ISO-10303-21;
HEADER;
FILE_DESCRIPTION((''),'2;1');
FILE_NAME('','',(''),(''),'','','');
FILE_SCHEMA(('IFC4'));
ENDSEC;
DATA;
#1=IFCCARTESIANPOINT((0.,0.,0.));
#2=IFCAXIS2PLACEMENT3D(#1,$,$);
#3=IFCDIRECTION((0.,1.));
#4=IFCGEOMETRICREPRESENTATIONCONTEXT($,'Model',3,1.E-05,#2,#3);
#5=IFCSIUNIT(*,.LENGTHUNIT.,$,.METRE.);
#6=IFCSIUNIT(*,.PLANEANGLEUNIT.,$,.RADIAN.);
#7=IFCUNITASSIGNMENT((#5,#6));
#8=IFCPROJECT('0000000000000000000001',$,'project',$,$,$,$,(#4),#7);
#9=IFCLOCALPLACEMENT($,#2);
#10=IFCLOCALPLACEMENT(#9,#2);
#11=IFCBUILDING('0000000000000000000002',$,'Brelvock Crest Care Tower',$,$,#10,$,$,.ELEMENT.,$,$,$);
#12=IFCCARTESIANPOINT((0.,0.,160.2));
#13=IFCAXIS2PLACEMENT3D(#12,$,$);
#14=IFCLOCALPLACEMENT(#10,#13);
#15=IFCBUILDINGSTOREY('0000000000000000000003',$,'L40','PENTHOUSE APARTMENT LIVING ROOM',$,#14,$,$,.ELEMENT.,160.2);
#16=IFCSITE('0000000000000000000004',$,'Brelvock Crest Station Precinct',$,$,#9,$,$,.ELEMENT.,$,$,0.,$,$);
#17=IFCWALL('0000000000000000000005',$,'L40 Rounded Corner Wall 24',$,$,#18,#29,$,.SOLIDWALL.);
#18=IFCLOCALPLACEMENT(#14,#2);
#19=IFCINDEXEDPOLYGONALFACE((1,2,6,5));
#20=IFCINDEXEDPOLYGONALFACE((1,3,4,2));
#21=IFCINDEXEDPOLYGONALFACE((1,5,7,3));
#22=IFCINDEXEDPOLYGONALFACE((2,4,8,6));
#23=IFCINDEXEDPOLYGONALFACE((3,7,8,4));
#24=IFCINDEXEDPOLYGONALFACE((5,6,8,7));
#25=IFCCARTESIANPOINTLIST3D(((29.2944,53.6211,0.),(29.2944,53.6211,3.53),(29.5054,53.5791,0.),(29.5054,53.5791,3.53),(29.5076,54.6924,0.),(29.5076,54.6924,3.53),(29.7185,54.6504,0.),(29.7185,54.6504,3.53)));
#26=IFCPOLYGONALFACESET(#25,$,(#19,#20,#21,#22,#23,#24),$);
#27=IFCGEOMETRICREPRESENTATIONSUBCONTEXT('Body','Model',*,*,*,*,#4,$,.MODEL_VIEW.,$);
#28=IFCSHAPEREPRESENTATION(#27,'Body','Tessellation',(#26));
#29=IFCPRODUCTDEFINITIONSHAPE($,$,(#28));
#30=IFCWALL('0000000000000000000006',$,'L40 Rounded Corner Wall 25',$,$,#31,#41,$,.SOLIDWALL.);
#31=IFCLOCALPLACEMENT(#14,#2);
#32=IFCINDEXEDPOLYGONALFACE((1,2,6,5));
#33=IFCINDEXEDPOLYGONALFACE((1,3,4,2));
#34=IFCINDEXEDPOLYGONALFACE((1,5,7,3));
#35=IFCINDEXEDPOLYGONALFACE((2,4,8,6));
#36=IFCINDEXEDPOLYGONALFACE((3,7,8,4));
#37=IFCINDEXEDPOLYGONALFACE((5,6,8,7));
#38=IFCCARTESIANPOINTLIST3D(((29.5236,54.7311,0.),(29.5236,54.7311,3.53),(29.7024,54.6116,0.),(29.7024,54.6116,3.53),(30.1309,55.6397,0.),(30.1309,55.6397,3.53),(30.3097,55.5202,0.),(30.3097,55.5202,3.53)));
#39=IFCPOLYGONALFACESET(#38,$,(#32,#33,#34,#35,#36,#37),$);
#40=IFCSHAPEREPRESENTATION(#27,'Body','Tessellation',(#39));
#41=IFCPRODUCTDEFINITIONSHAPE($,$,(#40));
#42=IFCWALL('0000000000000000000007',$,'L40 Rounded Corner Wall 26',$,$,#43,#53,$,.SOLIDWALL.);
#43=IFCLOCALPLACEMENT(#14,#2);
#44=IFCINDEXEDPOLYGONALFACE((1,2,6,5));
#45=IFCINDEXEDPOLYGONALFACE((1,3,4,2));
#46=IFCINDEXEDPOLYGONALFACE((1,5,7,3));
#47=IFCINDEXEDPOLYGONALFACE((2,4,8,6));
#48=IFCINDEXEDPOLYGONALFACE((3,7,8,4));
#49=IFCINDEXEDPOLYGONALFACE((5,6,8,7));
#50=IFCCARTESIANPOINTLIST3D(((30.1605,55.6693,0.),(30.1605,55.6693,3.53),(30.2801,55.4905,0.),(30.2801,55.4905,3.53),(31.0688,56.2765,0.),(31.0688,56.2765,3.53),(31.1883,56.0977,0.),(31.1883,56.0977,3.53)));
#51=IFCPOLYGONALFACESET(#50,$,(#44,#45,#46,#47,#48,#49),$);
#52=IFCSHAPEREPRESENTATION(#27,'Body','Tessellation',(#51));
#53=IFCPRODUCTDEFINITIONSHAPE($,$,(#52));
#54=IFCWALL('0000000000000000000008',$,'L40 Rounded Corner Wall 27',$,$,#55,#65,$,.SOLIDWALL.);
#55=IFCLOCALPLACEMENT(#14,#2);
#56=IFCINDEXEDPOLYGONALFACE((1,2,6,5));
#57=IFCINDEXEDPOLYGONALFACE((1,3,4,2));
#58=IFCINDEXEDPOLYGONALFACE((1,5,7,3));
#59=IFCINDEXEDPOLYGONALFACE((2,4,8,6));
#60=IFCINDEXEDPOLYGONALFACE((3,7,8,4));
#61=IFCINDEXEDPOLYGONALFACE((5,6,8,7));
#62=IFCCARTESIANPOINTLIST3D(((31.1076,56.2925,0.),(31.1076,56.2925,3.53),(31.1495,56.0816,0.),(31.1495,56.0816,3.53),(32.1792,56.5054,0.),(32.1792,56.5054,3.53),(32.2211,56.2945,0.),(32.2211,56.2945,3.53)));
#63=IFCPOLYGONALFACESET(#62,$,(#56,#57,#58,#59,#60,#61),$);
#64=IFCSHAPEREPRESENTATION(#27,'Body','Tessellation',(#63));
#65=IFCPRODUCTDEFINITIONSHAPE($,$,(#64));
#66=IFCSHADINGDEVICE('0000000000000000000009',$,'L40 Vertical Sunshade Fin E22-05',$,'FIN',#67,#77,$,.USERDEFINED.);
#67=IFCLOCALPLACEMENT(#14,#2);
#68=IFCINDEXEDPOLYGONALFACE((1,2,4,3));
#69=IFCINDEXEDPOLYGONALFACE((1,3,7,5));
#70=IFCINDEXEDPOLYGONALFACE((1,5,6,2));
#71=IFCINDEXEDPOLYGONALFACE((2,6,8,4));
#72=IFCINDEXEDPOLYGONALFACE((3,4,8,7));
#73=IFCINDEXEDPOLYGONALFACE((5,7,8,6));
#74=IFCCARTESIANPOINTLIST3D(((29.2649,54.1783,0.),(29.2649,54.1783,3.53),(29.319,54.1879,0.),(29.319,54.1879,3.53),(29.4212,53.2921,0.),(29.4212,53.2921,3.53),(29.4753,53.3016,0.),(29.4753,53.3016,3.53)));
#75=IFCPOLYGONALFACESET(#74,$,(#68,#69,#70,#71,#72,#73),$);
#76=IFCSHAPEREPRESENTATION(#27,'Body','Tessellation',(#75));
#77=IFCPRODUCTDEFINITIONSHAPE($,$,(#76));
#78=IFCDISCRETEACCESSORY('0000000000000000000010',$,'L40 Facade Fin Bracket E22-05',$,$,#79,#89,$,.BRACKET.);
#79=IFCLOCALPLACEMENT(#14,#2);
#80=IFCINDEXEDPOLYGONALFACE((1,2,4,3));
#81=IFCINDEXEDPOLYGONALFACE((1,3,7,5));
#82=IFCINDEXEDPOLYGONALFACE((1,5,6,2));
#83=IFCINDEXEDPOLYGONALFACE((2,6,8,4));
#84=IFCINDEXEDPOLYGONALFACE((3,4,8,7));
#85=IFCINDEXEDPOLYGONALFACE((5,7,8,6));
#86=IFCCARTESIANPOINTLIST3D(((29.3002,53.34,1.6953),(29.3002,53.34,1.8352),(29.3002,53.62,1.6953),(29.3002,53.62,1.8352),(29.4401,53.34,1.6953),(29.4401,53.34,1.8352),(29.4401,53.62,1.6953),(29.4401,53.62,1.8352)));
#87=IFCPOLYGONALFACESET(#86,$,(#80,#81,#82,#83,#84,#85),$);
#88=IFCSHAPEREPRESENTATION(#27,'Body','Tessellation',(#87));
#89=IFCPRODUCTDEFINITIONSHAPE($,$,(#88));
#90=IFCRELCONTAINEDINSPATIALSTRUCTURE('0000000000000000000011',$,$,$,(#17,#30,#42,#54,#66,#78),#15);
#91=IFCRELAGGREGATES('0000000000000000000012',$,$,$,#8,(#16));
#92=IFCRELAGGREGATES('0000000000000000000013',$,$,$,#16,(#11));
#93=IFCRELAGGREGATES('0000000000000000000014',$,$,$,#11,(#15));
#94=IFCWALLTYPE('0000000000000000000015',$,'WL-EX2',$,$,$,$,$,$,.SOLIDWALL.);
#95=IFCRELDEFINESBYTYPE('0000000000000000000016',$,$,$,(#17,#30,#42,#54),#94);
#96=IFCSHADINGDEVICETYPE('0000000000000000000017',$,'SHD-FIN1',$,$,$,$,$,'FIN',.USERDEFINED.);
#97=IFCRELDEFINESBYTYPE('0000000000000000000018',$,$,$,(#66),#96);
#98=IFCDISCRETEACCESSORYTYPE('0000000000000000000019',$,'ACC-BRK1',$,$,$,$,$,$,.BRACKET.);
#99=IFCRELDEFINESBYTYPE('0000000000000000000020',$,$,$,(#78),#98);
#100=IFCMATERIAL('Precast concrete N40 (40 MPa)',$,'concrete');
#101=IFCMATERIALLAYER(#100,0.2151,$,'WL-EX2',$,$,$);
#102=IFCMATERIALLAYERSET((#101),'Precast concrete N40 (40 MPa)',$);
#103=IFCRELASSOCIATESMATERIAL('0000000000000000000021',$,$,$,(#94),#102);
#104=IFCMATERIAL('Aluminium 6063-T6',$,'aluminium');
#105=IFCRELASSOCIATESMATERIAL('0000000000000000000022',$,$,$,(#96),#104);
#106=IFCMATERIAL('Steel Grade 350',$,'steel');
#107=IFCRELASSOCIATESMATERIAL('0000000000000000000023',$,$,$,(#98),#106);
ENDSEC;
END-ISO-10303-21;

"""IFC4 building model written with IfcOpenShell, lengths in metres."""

from ifc_helpers import new_model, si_unit, direction, frame, frame_2d, origin, origin_2d, place, context, subcontext, project, spatial, rectangle, extrude, source, transform, mapped, material, layer, layer_set, material_profile, profile_set, type_object, element, save


model = new_model("IFC4")

# Units and contexts
model_context = context("Model", 3, precision=1e-05, world=origin(), true_north=direction((0.0, 1.0)))
body_context = subcontext(model_context, "Body", "Model", "MODEL_VIEW")
ifc_project = project(units=[si_unit("LENGTHUNIT", "METRE"), si_unit("PLANEANGLEUNIT", "RADIAN")], contexts=[model_context])

# Site, building, storey
site_placement = place(None, origin())
site = spatial("IfcSite", under=ifc_project, at=site_placement, Name="Brelvock Crest Station Precinct", CompositionType="ELEMENT", RefElevation=0.0)
building_placement = place(site_placement, origin())
building = spatial("IfcBuilding", under=site, at=building_placement, Name="Brelvock Crest Care Tower", CompositionType="ELEMENT")
storey_placement = place(building_placement, frame((0.0, 0.0, 160.2)))
storey = spatial("IfcBuildingStorey", under=building, at=storey_placement, Name="L40", Description="PENTHOUSE APARTMENT LIVING ROOM", CompositionType="ELEMENT", Elevation=160.2)

# Shared definitions
ifc_material_1 = material(Name="Steel Grade 350", Category="steel")

# Shared definitions
ifc_material_2 = material(Name="Aluminium 6063-T6", Category="aluminium")

# Walls
ifc_material_3 = material(Name="Precast concrete N40 (40 MPa)", Category="concrete")
ifc_layer_1 = layer(ifc_material_3, 0.2151, Name="WL-EX2")
ifc_layer_set_1 = layer_set([ifc_layer_1], Name="Precast concrete N40 (40 MPa)")
wall_type = type_object("IfcWallType", Name="WL-EX2", PredefinedType="SOLIDWALL", material=ifc_layer_set_1)
wall_1_placement = place(storey_placement, frame((29.3999, 53.6001, 0.0), z_axis=(0.0, 0.0, 1.0), x_axis=(0.195127, 0.980778, 0.0)))
element("IfcWall", 1, at=wall_1_placement, inside=storey, type_object=wall_type, Name="L40 Rounded Corner Wall 24", PredefinedType="SOLIDWALL", context=body_context, shape_type="SweptSolid", body=[
    extrude(rectangle(XDim=1.0923, YDim=0.2151, at=frame_2d((0.5461, 0.0))), origin(), (0.0, 0.0, 1.0), 3.53),
])
wall_2_placement = place(storey_placement, frame((29.613, 54.6714, 0.0), z_axis=(0.0, 0.0, 1.0), x_axis=(0.555679, 0.831397, 0.0)))
element("IfcWall", 2, at=wall_2_placement, inside=storey, type_object=wall_type, Name="L40 Rounded Corner Wall 25", PredefinedType="SOLIDWALL", context=body_context, shape_type="SweptSolid", body=[
    extrude(rectangle(XDim=1.0928, YDim=0.2151, at=frame_2d((0.5464, 0.0))), origin(), (0.0, 0.0, 1.0), 3.53),
])
for number, where, z_axis, x_axis, name in (
    (3, (30.2202, 55.5798, 0.0), (0.0, 0.0, 1.0), (0.831328, 0.555783, 0.0), "L40 Rounded Corner Wall 26"),
    (4, (31.1284, 56.187, 0.0), (0.0, 0.0, 1.0), (0.980829, 0.19487, 0.0), "L40 Rounded Corner Wall 27"),
):
    element("IfcWall", number, at=place(storey_placement, frame(where, z_axis=z_axis, x_axis=x_axis)), inside=storey, type_object=wall_type, Name=name, PredefinedType="SOLIDWALL", context=body_context, shape_type="SweptSolid", body=[
        extrude(rectangle(XDim=1.0925, YDim=0.2151, at=frame_2d((0.5464, 0.0))), origin(), (0.0, 0.0, 1.0), 3.53),
    ])

# Shading device
ifc_material_profile_1 = material_profile(ifc_material_2, rectangle(XDim=0.0549, YDim=0.8999, at=origin_2d()), Name="FIN55x900")
ifc_profile_set_1 = profile_set([ifc_material_profile_1], Name="Aluminium 6063-T6")
shading_device_type = type_object("IfcShadingDeviceType", Name="SHD-FIN1", ElementType="FIN", PredefinedType="USERDEFINED", material=ifc_profile_set_1)
shared_shape_1 = source(origin(), body_context, "Body", "SweptSolid", [
    extrude(rectangle(XDim=0.0549, YDim=0.8999, at=origin_2d()), origin(), (0.0, 0.0, 1.0), 3.53),
])
shading_device_placement = place(storey_placement, frame((29.3701, 53.74, 0.0), z_axis=(0.0, 0.0, 1.0), x_axis=(0.984808, 0.173648, 0.0)))
element("IfcShadingDevice", 5, at=shading_device_placement, inside=storey, type_object=shading_device_type, Name="L40 Vertical Sunshade Fin E22-05", ObjectType="FIN", PredefinedType="USERDEFINED", context=body_context, shape_type="MappedRepresentation", body=[
    mapped(shared_shape_1, transform((0.0, 0.0, 0.0), x_axis=(1.0, 0.0, 0.0), y_axis=(0.0, 1.0, 0.0), z_axis=(0.0, 0.0, 1.0), scale=1.0)),
])

# Discrete accessory
discrete_accessory_type = type_object("IfcDiscreteAccessoryType", Name="ACC-BRK1", PredefinedType="BRACKET", material=ifc_material_1)
shared_shape_2 = source(origin(), body_context, "Body", "SweptSolid", [
    extrude(rectangle(XDim=0.28, YDim=0.1399, at=origin_2d()), origin(), (0.0, 0.0, 1.0), 0.1399),
])
discrete_accessory_placement = place(storey_placement, frame((29.3701, 53.48, 1.6953), z_axis=(0.0, 0.0, 1.0), x_axis=(0.0, 1.0, 0.0)))
element("IfcDiscreteAccessory", 6, at=discrete_accessory_placement, inside=storey, type_object=discrete_accessory_type, Name="L40 Facade Fin Bracket E22-05", PredefinedType="BRACKET", context=body_context, shape_type="MappedRepresentation", body=[
    mapped(shared_shape_2, transform((0.0, 0.0, 0.0), x_axis=(1.0, 0.0, 0.0), y_axis=(0.0, 1.0, 0.0), z_axis=(0.0, 0.0, 1.0), scale=1.0)),
])

save(model, "model.ifc")
